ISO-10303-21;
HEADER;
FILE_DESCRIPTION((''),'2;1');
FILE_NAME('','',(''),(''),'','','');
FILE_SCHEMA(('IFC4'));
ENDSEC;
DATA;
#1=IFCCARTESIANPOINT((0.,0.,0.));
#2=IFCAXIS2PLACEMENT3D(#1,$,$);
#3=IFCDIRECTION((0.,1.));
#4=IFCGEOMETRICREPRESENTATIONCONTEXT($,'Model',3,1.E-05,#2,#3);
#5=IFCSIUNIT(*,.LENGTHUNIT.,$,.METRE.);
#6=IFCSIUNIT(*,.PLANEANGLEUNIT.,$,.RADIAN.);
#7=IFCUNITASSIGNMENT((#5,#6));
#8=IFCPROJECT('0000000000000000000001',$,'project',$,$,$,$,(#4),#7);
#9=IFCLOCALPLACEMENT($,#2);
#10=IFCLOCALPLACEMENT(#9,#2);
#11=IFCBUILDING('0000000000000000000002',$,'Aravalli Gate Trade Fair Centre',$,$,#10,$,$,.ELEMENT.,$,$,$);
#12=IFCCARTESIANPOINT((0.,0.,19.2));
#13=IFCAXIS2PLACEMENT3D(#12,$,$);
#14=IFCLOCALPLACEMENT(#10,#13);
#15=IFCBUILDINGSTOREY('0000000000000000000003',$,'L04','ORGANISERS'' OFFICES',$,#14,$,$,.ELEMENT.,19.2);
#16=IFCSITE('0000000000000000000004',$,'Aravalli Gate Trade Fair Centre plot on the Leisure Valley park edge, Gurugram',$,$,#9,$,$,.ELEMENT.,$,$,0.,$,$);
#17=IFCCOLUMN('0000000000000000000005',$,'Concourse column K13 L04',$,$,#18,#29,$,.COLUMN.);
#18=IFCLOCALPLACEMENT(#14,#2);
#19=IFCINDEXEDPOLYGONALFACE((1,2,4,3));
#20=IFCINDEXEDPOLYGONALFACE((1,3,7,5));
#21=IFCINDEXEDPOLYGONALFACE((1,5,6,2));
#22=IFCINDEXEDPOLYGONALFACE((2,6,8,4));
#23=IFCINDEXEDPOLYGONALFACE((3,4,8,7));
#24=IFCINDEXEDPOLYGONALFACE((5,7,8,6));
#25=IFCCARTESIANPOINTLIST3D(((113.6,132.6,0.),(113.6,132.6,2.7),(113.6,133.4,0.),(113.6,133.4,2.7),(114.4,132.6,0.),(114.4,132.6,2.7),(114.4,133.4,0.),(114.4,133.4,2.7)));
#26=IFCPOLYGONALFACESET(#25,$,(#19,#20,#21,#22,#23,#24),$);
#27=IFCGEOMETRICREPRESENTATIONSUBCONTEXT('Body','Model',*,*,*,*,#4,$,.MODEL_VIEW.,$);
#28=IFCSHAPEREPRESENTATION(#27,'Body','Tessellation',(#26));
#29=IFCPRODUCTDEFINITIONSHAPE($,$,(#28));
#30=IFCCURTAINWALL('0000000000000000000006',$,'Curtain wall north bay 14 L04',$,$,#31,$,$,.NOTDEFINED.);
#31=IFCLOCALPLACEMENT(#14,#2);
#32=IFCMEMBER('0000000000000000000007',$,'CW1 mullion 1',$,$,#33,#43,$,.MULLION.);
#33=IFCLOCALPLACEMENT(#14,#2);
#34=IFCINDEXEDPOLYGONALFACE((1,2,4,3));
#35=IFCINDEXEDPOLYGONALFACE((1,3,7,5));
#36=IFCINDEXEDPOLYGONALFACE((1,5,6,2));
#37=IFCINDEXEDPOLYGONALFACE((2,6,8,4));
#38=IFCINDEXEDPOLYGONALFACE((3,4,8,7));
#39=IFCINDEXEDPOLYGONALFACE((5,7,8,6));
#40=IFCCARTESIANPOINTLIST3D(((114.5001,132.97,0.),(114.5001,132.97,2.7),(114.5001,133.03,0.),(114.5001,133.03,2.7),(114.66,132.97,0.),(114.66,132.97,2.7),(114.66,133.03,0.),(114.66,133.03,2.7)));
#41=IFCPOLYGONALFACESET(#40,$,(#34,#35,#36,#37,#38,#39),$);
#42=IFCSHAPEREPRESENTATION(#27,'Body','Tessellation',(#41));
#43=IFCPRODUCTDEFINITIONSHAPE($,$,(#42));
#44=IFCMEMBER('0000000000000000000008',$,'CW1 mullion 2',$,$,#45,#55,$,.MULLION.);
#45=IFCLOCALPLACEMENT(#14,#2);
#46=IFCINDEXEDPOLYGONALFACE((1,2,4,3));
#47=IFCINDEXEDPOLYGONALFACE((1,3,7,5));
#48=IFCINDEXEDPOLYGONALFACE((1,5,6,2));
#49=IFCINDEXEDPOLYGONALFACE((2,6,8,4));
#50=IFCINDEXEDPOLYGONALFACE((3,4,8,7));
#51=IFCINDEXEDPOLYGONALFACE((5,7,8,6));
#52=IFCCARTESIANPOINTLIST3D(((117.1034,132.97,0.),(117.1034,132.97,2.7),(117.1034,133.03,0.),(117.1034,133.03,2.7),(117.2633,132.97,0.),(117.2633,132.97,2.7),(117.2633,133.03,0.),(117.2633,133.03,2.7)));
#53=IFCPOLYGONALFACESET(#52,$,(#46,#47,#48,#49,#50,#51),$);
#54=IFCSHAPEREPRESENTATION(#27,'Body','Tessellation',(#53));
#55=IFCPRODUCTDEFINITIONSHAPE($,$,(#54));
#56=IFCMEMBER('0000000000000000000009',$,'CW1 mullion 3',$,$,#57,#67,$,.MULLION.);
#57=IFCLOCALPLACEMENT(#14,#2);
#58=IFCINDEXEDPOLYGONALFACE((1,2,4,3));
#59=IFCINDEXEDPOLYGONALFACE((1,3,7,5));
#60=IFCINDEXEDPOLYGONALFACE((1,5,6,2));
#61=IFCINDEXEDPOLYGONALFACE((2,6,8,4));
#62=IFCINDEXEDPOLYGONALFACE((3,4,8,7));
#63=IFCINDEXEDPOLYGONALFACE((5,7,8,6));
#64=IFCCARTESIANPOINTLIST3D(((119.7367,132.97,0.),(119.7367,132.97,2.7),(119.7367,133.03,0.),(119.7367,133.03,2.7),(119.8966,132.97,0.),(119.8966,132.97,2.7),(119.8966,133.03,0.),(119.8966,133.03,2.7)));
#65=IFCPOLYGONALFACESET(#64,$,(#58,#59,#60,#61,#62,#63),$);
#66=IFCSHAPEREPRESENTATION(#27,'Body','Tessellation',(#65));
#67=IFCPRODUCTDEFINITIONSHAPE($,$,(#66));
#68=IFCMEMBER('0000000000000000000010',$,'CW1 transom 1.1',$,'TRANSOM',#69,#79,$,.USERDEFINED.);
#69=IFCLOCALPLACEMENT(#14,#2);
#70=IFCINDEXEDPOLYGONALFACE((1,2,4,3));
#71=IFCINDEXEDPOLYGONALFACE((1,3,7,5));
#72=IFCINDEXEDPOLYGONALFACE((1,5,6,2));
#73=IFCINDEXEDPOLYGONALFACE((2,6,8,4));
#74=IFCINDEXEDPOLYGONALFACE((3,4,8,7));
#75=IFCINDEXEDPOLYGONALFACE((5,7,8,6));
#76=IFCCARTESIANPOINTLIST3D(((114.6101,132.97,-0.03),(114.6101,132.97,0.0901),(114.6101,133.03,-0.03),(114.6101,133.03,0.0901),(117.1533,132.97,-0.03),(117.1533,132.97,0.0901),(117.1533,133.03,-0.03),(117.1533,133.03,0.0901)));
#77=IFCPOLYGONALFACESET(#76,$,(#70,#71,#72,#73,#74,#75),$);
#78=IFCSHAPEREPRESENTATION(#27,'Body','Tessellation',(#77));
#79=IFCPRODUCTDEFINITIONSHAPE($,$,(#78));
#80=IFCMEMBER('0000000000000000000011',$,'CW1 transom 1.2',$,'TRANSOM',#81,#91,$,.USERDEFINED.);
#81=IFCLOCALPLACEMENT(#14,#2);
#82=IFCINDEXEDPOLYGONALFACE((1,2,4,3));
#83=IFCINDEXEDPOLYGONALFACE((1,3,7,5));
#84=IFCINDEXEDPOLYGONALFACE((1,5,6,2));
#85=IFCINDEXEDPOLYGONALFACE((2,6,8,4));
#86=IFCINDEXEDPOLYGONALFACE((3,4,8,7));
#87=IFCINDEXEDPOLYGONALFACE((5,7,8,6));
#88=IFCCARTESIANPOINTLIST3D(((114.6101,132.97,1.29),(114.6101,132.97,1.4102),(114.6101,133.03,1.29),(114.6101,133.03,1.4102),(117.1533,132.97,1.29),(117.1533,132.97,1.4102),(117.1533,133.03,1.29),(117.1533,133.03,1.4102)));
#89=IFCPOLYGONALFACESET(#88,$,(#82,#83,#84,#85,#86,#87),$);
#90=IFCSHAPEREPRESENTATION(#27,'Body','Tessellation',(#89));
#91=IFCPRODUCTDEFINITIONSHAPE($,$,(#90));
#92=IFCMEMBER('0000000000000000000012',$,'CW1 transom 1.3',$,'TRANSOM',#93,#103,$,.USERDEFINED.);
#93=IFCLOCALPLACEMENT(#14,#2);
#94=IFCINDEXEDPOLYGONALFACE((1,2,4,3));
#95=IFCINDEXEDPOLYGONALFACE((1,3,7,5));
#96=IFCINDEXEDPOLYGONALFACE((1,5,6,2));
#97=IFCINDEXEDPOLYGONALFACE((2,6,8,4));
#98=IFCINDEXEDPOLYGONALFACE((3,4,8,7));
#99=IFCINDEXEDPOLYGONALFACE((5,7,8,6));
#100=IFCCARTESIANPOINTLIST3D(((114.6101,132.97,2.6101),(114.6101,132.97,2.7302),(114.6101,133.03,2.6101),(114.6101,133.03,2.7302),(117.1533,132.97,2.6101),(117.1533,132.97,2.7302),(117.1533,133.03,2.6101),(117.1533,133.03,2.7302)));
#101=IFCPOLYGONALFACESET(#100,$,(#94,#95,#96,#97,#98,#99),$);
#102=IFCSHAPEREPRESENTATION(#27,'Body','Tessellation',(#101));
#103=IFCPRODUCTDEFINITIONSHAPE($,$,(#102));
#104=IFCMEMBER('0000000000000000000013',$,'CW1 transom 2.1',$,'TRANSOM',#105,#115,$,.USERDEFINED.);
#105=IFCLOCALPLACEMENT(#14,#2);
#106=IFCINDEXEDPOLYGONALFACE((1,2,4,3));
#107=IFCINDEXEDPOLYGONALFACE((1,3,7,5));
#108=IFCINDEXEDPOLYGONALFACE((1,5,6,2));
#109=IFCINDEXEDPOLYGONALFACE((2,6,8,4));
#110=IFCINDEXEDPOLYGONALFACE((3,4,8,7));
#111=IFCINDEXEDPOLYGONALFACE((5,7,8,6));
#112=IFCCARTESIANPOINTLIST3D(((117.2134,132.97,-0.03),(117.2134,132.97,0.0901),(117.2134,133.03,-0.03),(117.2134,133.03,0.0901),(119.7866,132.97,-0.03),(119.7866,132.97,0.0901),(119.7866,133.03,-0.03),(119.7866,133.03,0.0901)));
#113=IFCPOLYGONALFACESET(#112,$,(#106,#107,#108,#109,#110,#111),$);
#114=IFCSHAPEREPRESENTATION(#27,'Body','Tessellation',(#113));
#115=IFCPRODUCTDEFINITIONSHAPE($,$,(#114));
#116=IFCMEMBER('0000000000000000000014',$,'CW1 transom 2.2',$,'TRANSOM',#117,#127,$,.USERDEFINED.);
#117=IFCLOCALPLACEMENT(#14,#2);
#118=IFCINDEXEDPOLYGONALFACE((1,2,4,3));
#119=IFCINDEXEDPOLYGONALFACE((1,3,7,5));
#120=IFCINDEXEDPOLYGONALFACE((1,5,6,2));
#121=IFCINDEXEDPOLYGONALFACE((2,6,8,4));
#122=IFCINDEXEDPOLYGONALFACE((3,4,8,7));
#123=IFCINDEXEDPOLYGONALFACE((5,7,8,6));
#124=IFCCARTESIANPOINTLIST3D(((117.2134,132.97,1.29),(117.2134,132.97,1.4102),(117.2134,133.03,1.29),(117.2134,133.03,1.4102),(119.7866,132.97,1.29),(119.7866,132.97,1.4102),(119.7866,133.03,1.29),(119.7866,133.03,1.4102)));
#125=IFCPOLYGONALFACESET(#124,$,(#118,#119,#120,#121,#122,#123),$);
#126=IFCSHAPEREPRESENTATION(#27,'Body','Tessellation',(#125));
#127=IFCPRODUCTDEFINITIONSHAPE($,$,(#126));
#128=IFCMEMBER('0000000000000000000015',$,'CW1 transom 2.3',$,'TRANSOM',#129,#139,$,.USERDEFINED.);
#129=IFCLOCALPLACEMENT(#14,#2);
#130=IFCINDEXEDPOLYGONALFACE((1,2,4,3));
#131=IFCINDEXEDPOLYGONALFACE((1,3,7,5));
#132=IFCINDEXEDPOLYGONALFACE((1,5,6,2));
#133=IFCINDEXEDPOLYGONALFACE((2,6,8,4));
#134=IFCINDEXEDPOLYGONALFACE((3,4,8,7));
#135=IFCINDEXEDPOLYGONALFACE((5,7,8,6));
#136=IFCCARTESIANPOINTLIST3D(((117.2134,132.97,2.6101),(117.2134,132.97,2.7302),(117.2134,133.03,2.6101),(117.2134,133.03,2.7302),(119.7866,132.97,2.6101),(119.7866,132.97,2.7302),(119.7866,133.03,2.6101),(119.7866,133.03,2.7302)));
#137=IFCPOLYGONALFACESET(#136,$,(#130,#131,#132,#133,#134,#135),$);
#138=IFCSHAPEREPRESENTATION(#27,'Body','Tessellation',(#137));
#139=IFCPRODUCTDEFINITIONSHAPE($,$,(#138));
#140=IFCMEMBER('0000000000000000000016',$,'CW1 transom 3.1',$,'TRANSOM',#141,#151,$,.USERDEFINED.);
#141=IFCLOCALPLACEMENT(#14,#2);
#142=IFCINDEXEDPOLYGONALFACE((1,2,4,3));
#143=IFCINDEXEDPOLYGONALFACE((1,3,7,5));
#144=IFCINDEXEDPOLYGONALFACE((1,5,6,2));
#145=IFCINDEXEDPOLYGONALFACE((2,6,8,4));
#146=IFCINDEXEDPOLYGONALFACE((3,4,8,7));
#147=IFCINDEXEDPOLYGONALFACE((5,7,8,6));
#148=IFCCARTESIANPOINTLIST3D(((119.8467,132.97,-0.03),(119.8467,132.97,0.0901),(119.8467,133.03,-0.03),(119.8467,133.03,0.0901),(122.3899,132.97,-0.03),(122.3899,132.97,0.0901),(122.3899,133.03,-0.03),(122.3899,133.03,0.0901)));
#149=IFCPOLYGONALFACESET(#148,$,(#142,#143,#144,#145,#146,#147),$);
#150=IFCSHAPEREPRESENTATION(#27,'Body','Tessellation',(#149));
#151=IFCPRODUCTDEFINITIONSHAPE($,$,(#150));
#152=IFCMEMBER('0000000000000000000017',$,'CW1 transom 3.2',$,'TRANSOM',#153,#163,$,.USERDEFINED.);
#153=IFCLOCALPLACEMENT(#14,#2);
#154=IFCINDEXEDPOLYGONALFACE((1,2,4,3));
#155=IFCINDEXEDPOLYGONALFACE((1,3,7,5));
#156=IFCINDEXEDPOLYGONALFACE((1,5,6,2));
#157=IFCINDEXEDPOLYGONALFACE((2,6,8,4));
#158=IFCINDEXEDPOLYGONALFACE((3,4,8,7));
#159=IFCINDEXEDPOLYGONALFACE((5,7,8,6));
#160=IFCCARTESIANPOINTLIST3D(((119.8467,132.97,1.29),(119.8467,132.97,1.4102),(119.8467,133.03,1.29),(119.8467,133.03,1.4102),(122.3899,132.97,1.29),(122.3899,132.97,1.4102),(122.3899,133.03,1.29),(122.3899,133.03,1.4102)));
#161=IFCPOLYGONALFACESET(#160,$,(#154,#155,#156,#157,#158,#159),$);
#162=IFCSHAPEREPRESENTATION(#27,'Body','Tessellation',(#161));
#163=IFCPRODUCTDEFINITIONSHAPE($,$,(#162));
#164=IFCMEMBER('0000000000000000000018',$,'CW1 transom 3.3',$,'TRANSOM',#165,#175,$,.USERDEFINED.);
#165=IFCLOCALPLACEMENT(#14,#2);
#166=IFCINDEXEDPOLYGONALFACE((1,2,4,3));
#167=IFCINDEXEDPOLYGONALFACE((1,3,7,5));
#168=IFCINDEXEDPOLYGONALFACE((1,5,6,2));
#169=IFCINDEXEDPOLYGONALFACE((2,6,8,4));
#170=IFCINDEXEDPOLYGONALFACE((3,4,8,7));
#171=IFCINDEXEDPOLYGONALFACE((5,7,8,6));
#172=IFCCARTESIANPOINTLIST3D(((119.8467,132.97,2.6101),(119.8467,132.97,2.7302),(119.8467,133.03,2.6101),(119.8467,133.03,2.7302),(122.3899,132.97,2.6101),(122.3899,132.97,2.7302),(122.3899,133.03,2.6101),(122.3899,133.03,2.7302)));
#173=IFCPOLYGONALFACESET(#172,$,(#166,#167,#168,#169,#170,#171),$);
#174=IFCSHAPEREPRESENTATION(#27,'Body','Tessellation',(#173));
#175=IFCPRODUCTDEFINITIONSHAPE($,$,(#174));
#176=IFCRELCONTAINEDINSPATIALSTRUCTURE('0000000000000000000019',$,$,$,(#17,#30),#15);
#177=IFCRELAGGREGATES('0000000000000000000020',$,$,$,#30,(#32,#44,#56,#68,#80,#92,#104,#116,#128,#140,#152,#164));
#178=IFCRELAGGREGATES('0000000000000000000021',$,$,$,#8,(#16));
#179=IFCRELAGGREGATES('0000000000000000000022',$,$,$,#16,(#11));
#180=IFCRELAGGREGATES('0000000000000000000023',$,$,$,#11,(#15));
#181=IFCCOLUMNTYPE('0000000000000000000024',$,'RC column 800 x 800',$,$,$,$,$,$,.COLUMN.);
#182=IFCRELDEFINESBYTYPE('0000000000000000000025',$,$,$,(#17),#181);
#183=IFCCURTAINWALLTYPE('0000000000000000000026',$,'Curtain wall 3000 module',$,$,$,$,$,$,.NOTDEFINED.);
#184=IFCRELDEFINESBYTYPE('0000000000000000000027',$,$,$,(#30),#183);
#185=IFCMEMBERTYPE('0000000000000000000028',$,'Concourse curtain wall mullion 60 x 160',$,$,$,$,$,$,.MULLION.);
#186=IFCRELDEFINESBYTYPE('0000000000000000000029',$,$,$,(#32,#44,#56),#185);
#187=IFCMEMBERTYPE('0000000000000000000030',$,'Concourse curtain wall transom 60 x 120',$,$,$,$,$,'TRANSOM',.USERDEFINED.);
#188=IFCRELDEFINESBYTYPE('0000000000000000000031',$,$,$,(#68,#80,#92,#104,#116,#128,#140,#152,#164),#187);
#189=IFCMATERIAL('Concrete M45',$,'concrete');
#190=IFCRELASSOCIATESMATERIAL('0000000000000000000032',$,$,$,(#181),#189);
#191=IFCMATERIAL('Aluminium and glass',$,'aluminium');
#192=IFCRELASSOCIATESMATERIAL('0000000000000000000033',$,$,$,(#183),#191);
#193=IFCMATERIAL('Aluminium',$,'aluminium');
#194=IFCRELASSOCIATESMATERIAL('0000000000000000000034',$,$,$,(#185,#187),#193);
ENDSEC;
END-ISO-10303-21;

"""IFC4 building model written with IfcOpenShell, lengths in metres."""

from ifc_helpers import new_model, si_unit, direction, frame, origin, origin_2d, place, context, subcontext, project, spatial, rectangle, extrude, material, material_profile, profile_set, type_object, element, aggregate, save


model = new_model("IFC4")

# Units and contexts
model_context = context("Model", 3, precision=1e-05, world=origin(), true_north=direction((0.0, 1.0)))
body_context = subcontext(model_context, "Body", "Model", "MODEL_VIEW")
ifc_project = project(units=[si_unit("LENGTHUNIT", "METRE"), si_unit("PLANEANGLEUNIT", "RADIAN")], contexts=[model_context])

# Site, building, storey
site_placement = place(None, origin())
site = spatial("IfcSite", under=ifc_project, at=site_placement, Name="Aravalli Gate Trade Fair Centre plot on the Leisure Valley park edge, Gurugram", CompositionType="ELEMENT", RefElevation=0.0)
building_placement = place(site_placement, origin())
building = spatial("IfcBuilding", under=site, at=building_placement, Name="Aravalli Gate Trade Fair Centre", CompositionType="ELEMENT")
storey_placement = place(building_placement, frame((0.0, 0.0, 19.2)))
storey = spatial("IfcBuildingStorey", under=building, at=storey_placement, Name="L04", Description="ORGANISERS' OFFICES", CompositionType="ELEMENT", Elevation=19.2)

# Column
ifc_material_1 = material(Name="Concrete M45", Category="concrete")
ifc_material_profile_1 = material_profile(ifc_material_1, rectangle(XDim=0.8, YDim=0.8, at=origin_2d()), Name="RC column 800 x 800")
ifc_profile_set_1 = profile_set([ifc_material_profile_1], Name="Concrete M45")
column_type = type_object("IfcColumnType", Name="RC column 800 x 800", PredefinedType="COLUMN", material=ifc_profile_set_1)
column_placement = place(storey_placement, frame((114.0, 133.0, 0.0), z_axis=(0.0, 0.0, 1.0), x_axis=(1.0, 0.0, 0.0)))
element("IfcColumn", 1, at=column_placement, inside=storey, type_object=column_type, Name="Concourse column K13 L04", PredefinedType="COLUMN", context=body_context, shape_type="SweptSolid", body=[
    extrude(rectangle(XDim=0.8, YDim=0.8, at=origin_2d()), origin(), (0.0, 0.0, 1.0), 2.7),
])

# Curtain wall, members
ifc_material_2 = material(Name="Aluminium and glass", Category="aluminium")
curtain_wall_type_1 = type_object("IfcCurtainWallType", Name="Curtain wall 3000 module", PredefinedType="NOTDEFINED", material=ifc_material_2)
curtain_wall_1_placement = place(storey_placement, origin())
curtain_wall_1 = element("IfcCurtainWall", 2, at=curtain_wall_1_placement, inside=storey, type_object=curtain_wall_type_1, Name="Curtain wall north bay 14 L04", PredefinedType="NOTDEFINED")
ifc_material_3 = material(Name="Aluminium", Category="aluminium")
ifc_material_profile_2 = material_profile(ifc_material_3, rectangle(XDim=0.0601, YDim=0.1599, at=origin_2d()), Name="Concourse curtain wall mullion 60 x 160")
ifc_profile_set_2 = profile_set([ifc_material_profile_2], Name="Aluminium")
member_type_1 = type_object("IfcMemberType", Name="Concourse curtain wall mullion 60 x 160", PredefinedType="MULLION", material=ifc_profile_set_2)
member_1_placement = place(storey_placement, frame((114.5801, 133.0, 0.0), z_axis=(0.0, 0.0, 1.0), x_axis=(0.0, 1.0, 0.0)))
member_1 = element("IfcMember", 3, at=member_1_placement, type_object=member_type_1, Name="CW1 mullion 1", PredefinedType="MULLION", context=body_context, shape_type="SweptSolid", body=[
    extrude(rectangle(XDim=0.0601, YDim=0.1599, at=origin_2d()), origin(), (0.0, 0.0, 1.0), 2.7),
])
member_2_placement = place(storey_placement, frame((117.1833, 133.0, 0.0), z_axis=(0.0, 0.0, 1.0), x_axis=(0.0, 1.0, 0.0)))
member_2 = element("IfcMember", 4, at=member_2_placement, type_object=member_type_1, Name="CW1 mullion 2", PredefinedType="MULLION", context=body_context, shape_type="SweptSolid", body=[
    extrude(rectangle(XDim=0.0601, YDim=0.1599, at=origin_2d()), origin(), (0.0, 0.0, 1.0), 2.7),
])
member_3_placement = place(storey_placement, frame((119.8167, 133.0, 0.0), z_axis=(0.0, 0.0, 1.0), x_axis=(0.0, 1.0, 0.0)))
member_3 = element("IfcMember", 5, at=member_3_placement, type_object=member_type_1, Name="CW1 mullion 3", PredefinedType="MULLION", context=body_context, shape_type="SweptSolid", body=[
    extrude(rectangle(XDim=0.0601, YDim=0.1599, at=origin_2d()), origin(), (0.0, 0.0, 1.0), 2.7),
])
ifc_material_profile_3 = material_profile(ifc_material_3, rectangle(XDim=0.0601, YDim=0.1201, at=origin_2d()), Name="Concourse curtain wall transom 60 x 120")
ifc_profile_set_3 = profile_set([ifc_material_profile_3], Name="Aluminium")
member_type_2 = type_object("IfcMemberType", Name="Concourse curtain wall transom 60 x 120", ElementType="TRANSOM", PredefinedType="USERDEFINED", material=ifc_profile_set_3)
member_4_placement = place(storey_placement, frame((114.6101, 133.0, 0.03), z_axis=(1.0, 0.0, 0.0), x_axis=(0.0, 1.0, 0.0)))
member_4 = element("IfcMember", 6, at=member_4_placement, type_object=member_type_2, Name="CW1 transom 1.1", ObjectType="TRANSOM", PredefinedType="USERDEFINED", context=body_context, shape_type="SweptSolid", body=[
    extrude(rectangle(XDim=0.0601, YDim=0.1201, at=origin_2d()), origin(), (0.0, 0.0, 1.0), 2.5432),
])
member_5_placement = place(storey_placement, frame((114.6101, 133.0, 1.3501), z_axis=(1.0, 0.0, 0.0), x_axis=(0.0, 1.0, 0.0)))
member_5 = element("IfcMember", 7, at=member_5_placement, type_object=member_type_2, Name="CW1 transom 1.2", ObjectType="TRANSOM", PredefinedType="USERDEFINED", context=body_context, shape_type="SweptSolid", body=[
    extrude(rectangle(XDim=0.0601, YDim=0.1201, at=origin_2d()), origin(), (0.0, 0.0, 1.0), 2.5432),
])
member_6_placement = place(storey_placement, frame((114.6101, 133.0, 2.6702), z_axis=(1.0, 0.0, 0.0), x_axis=(0.0, 1.0, 0.0)))
member_6 = element("IfcMember", 8, at=member_6_placement, type_object=member_type_2, Name="CW1 transom 1.3", ObjectType="TRANSOM", PredefinedType="USERDEFINED", context=body_context, shape_type="SweptSolid", body=[
    extrude(rectangle(XDim=0.0601, YDim=0.1201, at=origin_2d()), origin(), (0.0, 0.0, 1.0), 2.5432),
])
member_7_placement = place(storey_placement, frame((117.2134, 133.0, 0.03), z_axis=(1.0, 0.0, 0.0), x_axis=(0.0, 1.0, 0.0)))
member_7 = element("IfcMember", 9, at=member_7_placement, type_object=member_type_2, Name="CW1 transom 2.1", ObjectType="TRANSOM", PredefinedType="USERDEFINED", context=body_context, shape_type="SweptSolid", body=[
    extrude(rectangle(XDim=0.0601, YDim=0.1201, at=origin_2d()), origin(), (0.0, 0.0, 1.0), 2.5732),
])
member_8_placement = place(storey_placement, frame((117.2134, 133.0, 1.3501), z_axis=(1.0, 0.0, 0.0), x_axis=(0.0, 1.0, 0.0)))
member_8 = element("IfcMember", 10, at=member_8_placement, type_object=member_type_2, Name="CW1 transom 2.2", ObjectType="TRANSOM", PredefinedType="USERDEFINED", context=body_context, shape_type="SweptSolid", body=[
    extrude(rectangle(XDim=0.0601, YDim=0.1201, at=origin_2d()), origin(), (0.0, 0.0, 1.0), 2.5732),
])
member_9_placement = place(storey_placement, frame((117.2134, 133.0, 2.6702), z_axis=(1.0, 0.0, 0.0), x_axis=(0.0, 1.0, 0.0)))
member_9 = element("IfcMember", 11, at=member_9_placement, type_object=member_type_2, Name="CW1 transom 2.3", ObjectType="TRANSOM", PredefinedType="USERDEFINED", context=body_context, shape_type="SweptSolid", body=[
    extrude(rectangle(XDim=0.0601, YDim=0.1201, at=origin_2d()), origin(), (0.0, 0.0, 1.0), 2.5732),
])
member_10_placement = place(storey_placement, frame((119.8467, 133.0, 0.03), z_axis=(1.0, 0.0, 0.0), x_axis=(0.0, 1.0, 0.0)))
member_10 = element("IfcMember", 12, at=member_10_placement, type_object=member_type_2, Name="CW1 transom 3.1", ObjectType="TRANSOM", PredefinedType="USERDEFINED", context=body_context, shape_type="SweptSolid", body=[
    extrude(rectangle(XDim=0.0601, YDim=0.1201, at=origin_2d()), origin(), (0.0, 0.0, 1.0), 2.5432),
])
member_11_placement = place(storey_placement, frame((119.8467, 133.0, 1.3501), z_axis=(1.0, 0.0, 0.0), x_axis=(0.0, 1.0, 0.0)))
member_11 = element("IfcMember", 13, at=member_11_placement, type_object=member_type_2, Name="CW1 transom 3.2", ObjectType="TRANSOM", PredefinedType="USERDEFINED", context=body_context, shape_type="SweptSolid", body=[
    extrude(rectangle(XDim=0.0601, YDim=0.1201, at=origin_2d()), origin(), (0.0, 0.0, 1.0), 2.5432),
])
member_12_placement = place(storey_placement, frame((119.8467, 133.0, 2.6702), z_axis=(1.0, 0.0, 0.0), x_axis=(0.0, 1.0, 0.0)))
member_12 = element("IfcMember", 14, at=member_12_placement, type_object=member_type_2, Name="CW1 transom 3.3", ObjectType="TRANSOM", PredefinedType="USERDEFINED", context=body_context, shape_type="SweptSolid", body=[
    extrude(rectangle(XDim=0.0601, YDim=0.1201, at=origin_2d()), origin(), (0.0, 0.0, 1.0), 2.5432),
])

aggregate(curtain_wall_1, [member_1, member_2, member_3, member_4, member_5, member_6, member_7, member_8, member_9, member_10, member_11, member_12])

save(model, "model.ifc")
